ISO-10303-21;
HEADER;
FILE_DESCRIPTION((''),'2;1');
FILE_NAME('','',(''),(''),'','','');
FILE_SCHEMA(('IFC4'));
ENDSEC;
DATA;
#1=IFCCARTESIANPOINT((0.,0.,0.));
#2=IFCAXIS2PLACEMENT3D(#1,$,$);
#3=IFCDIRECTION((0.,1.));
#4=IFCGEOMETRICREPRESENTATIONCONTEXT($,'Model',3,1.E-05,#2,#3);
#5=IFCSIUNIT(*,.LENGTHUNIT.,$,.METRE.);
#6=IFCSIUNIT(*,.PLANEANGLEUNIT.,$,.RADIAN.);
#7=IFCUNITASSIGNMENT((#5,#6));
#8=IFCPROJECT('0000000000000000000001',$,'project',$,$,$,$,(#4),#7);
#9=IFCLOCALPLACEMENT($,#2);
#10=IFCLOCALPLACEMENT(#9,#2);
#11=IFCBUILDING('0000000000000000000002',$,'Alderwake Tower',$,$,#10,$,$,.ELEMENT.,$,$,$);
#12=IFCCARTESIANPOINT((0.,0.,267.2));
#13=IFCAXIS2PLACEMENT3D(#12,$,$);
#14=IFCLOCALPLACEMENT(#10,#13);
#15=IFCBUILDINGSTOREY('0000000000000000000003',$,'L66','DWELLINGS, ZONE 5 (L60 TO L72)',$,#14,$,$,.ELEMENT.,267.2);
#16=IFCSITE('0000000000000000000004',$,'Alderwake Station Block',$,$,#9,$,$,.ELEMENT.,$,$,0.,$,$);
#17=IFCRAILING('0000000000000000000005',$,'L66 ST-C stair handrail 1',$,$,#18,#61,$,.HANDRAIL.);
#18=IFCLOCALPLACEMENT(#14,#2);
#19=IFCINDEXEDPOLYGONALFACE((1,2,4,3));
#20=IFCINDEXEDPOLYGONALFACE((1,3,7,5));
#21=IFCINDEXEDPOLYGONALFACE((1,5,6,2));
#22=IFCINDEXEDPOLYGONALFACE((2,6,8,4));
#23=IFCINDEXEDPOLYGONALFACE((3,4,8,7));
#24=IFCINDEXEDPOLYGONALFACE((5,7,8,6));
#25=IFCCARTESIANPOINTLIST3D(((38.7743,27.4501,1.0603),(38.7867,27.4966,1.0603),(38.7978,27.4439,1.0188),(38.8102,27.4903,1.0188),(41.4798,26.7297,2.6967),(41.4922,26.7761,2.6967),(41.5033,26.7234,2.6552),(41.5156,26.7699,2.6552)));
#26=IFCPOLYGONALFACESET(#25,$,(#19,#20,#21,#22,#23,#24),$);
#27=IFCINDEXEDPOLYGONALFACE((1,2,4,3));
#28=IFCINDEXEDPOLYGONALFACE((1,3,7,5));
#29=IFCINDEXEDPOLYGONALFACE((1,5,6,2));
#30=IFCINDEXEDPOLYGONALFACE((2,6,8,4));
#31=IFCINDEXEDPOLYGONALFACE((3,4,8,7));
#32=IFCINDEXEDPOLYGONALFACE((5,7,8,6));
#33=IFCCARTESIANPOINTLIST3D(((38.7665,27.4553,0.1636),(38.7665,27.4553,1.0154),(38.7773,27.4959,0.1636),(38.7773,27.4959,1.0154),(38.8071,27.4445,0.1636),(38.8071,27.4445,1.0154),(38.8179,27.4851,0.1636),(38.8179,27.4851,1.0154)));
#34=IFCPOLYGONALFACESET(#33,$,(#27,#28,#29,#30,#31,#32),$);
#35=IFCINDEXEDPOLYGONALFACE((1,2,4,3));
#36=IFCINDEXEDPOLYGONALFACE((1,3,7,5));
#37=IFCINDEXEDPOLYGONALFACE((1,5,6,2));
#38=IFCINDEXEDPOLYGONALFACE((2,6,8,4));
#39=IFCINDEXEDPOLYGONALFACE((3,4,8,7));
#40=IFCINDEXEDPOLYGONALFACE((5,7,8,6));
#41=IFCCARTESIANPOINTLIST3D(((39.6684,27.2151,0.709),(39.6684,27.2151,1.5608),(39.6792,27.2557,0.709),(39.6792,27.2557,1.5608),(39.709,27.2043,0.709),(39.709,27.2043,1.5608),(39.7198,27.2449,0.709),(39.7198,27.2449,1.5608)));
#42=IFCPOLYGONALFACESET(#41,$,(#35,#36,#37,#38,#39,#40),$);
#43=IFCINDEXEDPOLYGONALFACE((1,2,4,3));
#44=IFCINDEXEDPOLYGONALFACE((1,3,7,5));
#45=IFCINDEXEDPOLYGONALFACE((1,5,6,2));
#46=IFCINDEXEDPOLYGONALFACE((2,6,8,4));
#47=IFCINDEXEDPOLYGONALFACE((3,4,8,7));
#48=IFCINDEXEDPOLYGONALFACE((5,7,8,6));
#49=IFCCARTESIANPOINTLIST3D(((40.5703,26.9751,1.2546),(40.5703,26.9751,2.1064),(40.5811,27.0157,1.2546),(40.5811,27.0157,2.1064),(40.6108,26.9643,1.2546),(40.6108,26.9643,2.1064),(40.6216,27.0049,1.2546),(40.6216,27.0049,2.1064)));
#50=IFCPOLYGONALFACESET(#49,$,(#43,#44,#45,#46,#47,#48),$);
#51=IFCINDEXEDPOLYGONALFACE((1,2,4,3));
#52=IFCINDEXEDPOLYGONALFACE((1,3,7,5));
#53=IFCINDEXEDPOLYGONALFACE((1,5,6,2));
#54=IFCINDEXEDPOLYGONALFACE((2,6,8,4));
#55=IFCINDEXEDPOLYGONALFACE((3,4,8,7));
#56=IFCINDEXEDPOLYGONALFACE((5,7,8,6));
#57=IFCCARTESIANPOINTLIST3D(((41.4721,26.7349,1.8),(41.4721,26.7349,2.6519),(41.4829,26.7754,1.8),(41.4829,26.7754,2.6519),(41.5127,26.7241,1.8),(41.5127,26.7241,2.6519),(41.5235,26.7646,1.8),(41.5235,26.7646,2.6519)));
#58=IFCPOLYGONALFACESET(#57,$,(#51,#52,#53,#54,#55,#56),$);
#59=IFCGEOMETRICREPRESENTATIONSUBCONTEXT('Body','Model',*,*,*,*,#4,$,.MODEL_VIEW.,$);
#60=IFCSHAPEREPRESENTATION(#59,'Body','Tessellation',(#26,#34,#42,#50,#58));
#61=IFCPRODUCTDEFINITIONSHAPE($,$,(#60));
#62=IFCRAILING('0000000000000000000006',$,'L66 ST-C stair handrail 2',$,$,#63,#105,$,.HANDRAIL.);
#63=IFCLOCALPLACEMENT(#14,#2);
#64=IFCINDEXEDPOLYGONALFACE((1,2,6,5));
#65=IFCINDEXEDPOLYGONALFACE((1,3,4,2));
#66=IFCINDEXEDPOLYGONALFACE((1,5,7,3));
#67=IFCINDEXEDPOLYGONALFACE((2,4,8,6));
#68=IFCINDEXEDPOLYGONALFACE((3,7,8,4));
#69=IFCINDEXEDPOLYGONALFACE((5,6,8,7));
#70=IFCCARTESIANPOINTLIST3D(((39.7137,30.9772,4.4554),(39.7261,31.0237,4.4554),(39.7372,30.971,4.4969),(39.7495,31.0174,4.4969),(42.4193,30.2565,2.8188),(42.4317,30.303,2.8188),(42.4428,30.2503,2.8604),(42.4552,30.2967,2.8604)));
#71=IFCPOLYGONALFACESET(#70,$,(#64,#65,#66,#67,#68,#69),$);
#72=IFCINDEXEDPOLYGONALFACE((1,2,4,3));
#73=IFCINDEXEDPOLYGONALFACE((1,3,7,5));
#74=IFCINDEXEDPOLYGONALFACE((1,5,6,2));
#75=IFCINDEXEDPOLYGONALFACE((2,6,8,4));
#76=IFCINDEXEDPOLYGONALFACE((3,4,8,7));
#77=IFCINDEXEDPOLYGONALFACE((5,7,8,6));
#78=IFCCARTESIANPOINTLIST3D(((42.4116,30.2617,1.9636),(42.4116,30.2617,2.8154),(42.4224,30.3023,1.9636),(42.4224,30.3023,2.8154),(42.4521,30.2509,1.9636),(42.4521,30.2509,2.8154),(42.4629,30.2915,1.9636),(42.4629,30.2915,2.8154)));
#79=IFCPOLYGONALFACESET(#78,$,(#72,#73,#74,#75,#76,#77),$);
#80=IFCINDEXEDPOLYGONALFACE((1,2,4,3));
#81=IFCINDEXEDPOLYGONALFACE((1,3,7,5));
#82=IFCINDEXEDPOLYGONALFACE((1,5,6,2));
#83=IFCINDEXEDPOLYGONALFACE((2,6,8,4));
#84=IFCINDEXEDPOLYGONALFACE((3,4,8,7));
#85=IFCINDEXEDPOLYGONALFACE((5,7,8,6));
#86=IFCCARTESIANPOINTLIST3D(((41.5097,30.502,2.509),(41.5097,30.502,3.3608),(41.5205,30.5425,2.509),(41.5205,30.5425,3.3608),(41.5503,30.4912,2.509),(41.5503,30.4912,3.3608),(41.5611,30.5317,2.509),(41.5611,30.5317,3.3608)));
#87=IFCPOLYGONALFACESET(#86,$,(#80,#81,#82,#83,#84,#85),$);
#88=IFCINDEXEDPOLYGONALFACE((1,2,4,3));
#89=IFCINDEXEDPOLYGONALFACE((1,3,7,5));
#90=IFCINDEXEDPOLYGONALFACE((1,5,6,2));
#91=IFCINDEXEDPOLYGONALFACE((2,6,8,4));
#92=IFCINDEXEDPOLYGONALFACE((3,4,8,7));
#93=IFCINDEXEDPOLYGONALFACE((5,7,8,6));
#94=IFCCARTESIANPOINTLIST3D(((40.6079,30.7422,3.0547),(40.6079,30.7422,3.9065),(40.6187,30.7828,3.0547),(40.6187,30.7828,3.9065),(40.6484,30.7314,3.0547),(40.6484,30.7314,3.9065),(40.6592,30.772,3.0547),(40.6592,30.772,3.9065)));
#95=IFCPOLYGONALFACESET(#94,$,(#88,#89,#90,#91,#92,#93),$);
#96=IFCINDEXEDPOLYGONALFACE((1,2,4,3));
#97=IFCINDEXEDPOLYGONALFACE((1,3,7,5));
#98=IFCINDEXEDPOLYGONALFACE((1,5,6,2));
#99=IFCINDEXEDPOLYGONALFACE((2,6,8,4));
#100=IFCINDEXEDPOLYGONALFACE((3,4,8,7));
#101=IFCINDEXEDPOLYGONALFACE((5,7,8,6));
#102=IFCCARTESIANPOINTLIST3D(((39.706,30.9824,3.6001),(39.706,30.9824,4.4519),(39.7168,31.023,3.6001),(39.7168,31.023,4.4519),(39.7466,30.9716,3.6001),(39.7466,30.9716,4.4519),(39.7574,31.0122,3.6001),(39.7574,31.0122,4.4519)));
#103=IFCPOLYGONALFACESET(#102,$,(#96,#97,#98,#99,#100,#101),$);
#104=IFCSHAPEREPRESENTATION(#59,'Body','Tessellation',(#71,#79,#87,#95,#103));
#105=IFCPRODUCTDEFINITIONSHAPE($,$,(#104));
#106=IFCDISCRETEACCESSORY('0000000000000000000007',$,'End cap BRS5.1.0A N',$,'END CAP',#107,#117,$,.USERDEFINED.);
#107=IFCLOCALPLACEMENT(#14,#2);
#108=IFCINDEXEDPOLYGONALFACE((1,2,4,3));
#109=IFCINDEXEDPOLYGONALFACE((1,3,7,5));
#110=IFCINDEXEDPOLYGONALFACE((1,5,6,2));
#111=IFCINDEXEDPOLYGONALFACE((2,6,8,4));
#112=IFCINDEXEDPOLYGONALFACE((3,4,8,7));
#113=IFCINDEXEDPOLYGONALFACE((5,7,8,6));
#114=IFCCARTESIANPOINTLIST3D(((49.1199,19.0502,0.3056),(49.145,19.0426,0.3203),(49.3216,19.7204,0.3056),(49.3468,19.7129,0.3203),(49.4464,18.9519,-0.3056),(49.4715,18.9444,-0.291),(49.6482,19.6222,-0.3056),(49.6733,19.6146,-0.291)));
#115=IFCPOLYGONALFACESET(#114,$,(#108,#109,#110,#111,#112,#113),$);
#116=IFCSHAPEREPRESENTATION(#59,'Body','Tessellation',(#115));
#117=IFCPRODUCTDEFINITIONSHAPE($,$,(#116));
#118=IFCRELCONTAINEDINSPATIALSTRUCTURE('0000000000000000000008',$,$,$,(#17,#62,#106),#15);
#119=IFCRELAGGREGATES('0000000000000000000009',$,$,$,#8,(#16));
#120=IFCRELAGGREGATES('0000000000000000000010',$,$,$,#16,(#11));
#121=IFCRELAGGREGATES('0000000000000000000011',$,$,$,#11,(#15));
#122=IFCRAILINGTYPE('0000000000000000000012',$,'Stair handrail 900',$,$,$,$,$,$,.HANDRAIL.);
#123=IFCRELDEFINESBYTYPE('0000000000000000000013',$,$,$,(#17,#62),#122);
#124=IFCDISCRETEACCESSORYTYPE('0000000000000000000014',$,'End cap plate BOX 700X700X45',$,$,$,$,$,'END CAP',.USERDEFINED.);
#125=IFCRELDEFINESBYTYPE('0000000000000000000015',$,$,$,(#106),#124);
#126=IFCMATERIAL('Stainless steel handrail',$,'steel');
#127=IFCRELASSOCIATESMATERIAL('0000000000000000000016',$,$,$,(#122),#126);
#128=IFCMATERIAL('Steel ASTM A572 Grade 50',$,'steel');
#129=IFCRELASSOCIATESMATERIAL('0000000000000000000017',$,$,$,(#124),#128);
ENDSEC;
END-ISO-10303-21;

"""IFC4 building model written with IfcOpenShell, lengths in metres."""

from ifc_helpers import new_model, si_unit, direction, frame, origin, origin_2d, place, context, subcontext, project, spatial, rectangle, extrude, material, material_profile, profile_set, type_object, element, save


model = new_model("IFC4")

# Units and contexts
model_context = context("Model", 3, precision=1e-05, world=origin(), true_north=direction((0.0, 1.0)))
body_context = subcontext(model_context, "Body", "Model", "MODEL_VIEW")
ifc_project = project(units=[si_unit("LENGTHUNIT", "METRE"), si_unit("PLANEANGLEUNIT", "RADIAN")], contexts=[model_context])

# Site, building, storey
site_placement = place(None, origin())
site = spatial("IfcSite", under=ifc_project, at=site_placement, Name="Alderwake Station Block", CompositionType="ELEMENT", RefElevation=0.0)
building_placement = place(site_placement, origin())
building = spatial("IfcBuilding", under=site, at=building_placement, Name="Alderwake Tower", CompositionType="ELEMENT")
storey_placement = place(building_placement, frame((0.0, 0.0, 267.2)))
storey = spatial("IfcBuildingStorey", under=building, at=storey_placement, Name="L66", Description="DWELLINGS, ZONE 5 (L60 TO L72)", CompositionType="ELEMENT", Elevation=267.2)

# Railings
ifc_material_1 = material(Name="Stainless steel handrail", Category="steel")
railing_type_1 = type_object("IfcRailingType", Name="Stair handrail 900", PredefinedType="HANDRAIL", material=ifc_material_1)
railing_1_placement = place(storey_placement, frame((38.7922, 27.4702, 0.1636)))
element("IfcRailing", 1, at=railing_1_placement, inside=storey, type_object=railing_type_1, Name="L66 ST-C stair handrail 1", PredefinedType="HANDRAIL", context=body_context, shape_type="SweptSolid", body=[
    extrude(rectangle(XDim=0.0481, YDim=0.0481, at=origin_2d()), frame((0.0, 0.0, 0.876), z_axis=(0.834273, -0.222157, 0.504614), x_axis=(0.257321, 0.966326, 0.0)), (0.0, 0.0, 1.0), 3.2429),
    extrude(rectangle(XDim=0.042, YDim=0.042, at=origin_2d()), frame((0.0, 0.0, 0.0), z_axis=(0.0, 0.0, 1.0), x_axis=(0.966326, -0.257321, 0.0)), (0.0, 0.0, 1.0), 0.8518),
    extrude(rectangle(XDim=0.042, YDim=0.042, at=origin_2d()), frame((0.9019, -0.2402, 0.5454), z_axis=(0.0, 0.0, 1.0), x_axis=(0.966326, -0.257321, 0.0)), (0.0, 0.0, 1.0), 0.8518),
    extrude(rectangle(XDim=0.042, YDim=0.042, at=origin_2d()), frame((1.8037, -0.4802, 1.0911), z_axis=(0.0, 0.0, 1.0), x_axis=(0.966326, -0.257321, 0.0)), (0.0, 0.0, 1.0), 0.8518),
    extrude(rectangle(XDim=0.042, YDim=0.042, at=origin_2d()), frame((2.7056, -0.7205, 1.6365), z_axis=(0.0, 0.0, 1.0), x_axis=(0.966326, -0.257321, 0.0)), (0.0, 0.0, 1.0), 0.8518),
])
railing_2_placement = place(storey_placement, frame((42.4373, 30.2766, 1.9636)))
element("IfcRailing", 2, at=railing_2_placement, inside=storey, type_object=railing_type_1, Name="L66 ST-C stair handrail 2", PredefinedType="HANDRAIL", context=body_context, shape_type="SweptSolid", body=[
    extrude(rectangle(XDim=0.0481, YDim=0.0481, at=origin_2d()), frame((0.0, 0.0, 0.876), z_axis=(-0.834259, 0.222228, 0.504605), x_axis=(-0.257402, -0.966304, 0.0)), (0.0, 0.0, 1.0), 3.2432),
    extrude(rectangle(XDim=0.042, YDim=0.042, at=origin_2d()), frame((0.0, 0.0, 0.0), z_axis=(0.0, 0.0, 1.0), x_axis=(-0.966304, 0.257402, 0.0)), (0.0, 0.0, 1.0), 0.8518),
    extrude(rectangle(XDim=0.042, YDim=0.042, at=origin_2d()), frame((-0.9019, 0.2402, 0.5454), z_axis=(0.0, 0.0, 1.0), x_axis=(-0.966304, 0.257402, 0.0)), (0.0, 0.0, 1.0), 0.8518),
    extrude(rectangle(XDim=0.042, YDim=0.042, at=origin_2d()), frame((-1.8037, 0.4805, 1.0911), z_axis=(0.0, 0.0, 1.0), x_axis=(-0.966304, 0.257402, 0.0)), (0.0, 0.0, 1.0), 0.8518),
    extrude(rectangle(XDim=0.042, YDim=0.042, at=origin_2d()), frame((-2.7056, 0.7207, 1.6365), z_axis=(0.0, 0.0, 1.0), x_axis=(-0.966304, 0.257402, 0.0)), (0.0, 0.0, 1.0), 0.8518),
])

# Discrete accessory
ifc_material_2 = material(Name="Steel ASTM A572 Grade 50", Category="steel")
ifc_material_profile_1 = material_profile(ifc_material_2, rectangle(XDim=0.7, YDim=0.7, at=origin_2d()), Name="BOX 700X700X45 cap")
ifc_profile_set_1 = profile_set([ifc_material_profile_1], Name="Steel ASTM A572 Grade 50")
discrete_accessory_type = type_object("IfcDiscreteAccessoryType", Name="End cap plate BOX 700X700X45", ElementType="END CAP", PredefinedType="USERDEFINED", material=ifc_profile_set_1)
discrete_accessory_placement = place(storey_placement, frame((49.384, 19.3362, 0.0), z_axis=(0.836266, -0.251692, 0.487145), x_axis=(0.288201, 0.95757, 0.0)))
element("IfcDiscreteAccessory", 3, at=discrete_accessory_placement, inside=storey, type_object=discrete_accessory_type, Name="End cap BRS5.1.0A N", ObjectType="END CAP", PredefinedType="USERDEFINED", context=body_context, shape_type="SweptSolid", body=[
    extrude(rectangle(XDim=0.7, YDim=0.7, at=origin_2d()), origin(), (0.0, 0.0, 1.0), 0.03),
])

save(model, "model.ifc")
